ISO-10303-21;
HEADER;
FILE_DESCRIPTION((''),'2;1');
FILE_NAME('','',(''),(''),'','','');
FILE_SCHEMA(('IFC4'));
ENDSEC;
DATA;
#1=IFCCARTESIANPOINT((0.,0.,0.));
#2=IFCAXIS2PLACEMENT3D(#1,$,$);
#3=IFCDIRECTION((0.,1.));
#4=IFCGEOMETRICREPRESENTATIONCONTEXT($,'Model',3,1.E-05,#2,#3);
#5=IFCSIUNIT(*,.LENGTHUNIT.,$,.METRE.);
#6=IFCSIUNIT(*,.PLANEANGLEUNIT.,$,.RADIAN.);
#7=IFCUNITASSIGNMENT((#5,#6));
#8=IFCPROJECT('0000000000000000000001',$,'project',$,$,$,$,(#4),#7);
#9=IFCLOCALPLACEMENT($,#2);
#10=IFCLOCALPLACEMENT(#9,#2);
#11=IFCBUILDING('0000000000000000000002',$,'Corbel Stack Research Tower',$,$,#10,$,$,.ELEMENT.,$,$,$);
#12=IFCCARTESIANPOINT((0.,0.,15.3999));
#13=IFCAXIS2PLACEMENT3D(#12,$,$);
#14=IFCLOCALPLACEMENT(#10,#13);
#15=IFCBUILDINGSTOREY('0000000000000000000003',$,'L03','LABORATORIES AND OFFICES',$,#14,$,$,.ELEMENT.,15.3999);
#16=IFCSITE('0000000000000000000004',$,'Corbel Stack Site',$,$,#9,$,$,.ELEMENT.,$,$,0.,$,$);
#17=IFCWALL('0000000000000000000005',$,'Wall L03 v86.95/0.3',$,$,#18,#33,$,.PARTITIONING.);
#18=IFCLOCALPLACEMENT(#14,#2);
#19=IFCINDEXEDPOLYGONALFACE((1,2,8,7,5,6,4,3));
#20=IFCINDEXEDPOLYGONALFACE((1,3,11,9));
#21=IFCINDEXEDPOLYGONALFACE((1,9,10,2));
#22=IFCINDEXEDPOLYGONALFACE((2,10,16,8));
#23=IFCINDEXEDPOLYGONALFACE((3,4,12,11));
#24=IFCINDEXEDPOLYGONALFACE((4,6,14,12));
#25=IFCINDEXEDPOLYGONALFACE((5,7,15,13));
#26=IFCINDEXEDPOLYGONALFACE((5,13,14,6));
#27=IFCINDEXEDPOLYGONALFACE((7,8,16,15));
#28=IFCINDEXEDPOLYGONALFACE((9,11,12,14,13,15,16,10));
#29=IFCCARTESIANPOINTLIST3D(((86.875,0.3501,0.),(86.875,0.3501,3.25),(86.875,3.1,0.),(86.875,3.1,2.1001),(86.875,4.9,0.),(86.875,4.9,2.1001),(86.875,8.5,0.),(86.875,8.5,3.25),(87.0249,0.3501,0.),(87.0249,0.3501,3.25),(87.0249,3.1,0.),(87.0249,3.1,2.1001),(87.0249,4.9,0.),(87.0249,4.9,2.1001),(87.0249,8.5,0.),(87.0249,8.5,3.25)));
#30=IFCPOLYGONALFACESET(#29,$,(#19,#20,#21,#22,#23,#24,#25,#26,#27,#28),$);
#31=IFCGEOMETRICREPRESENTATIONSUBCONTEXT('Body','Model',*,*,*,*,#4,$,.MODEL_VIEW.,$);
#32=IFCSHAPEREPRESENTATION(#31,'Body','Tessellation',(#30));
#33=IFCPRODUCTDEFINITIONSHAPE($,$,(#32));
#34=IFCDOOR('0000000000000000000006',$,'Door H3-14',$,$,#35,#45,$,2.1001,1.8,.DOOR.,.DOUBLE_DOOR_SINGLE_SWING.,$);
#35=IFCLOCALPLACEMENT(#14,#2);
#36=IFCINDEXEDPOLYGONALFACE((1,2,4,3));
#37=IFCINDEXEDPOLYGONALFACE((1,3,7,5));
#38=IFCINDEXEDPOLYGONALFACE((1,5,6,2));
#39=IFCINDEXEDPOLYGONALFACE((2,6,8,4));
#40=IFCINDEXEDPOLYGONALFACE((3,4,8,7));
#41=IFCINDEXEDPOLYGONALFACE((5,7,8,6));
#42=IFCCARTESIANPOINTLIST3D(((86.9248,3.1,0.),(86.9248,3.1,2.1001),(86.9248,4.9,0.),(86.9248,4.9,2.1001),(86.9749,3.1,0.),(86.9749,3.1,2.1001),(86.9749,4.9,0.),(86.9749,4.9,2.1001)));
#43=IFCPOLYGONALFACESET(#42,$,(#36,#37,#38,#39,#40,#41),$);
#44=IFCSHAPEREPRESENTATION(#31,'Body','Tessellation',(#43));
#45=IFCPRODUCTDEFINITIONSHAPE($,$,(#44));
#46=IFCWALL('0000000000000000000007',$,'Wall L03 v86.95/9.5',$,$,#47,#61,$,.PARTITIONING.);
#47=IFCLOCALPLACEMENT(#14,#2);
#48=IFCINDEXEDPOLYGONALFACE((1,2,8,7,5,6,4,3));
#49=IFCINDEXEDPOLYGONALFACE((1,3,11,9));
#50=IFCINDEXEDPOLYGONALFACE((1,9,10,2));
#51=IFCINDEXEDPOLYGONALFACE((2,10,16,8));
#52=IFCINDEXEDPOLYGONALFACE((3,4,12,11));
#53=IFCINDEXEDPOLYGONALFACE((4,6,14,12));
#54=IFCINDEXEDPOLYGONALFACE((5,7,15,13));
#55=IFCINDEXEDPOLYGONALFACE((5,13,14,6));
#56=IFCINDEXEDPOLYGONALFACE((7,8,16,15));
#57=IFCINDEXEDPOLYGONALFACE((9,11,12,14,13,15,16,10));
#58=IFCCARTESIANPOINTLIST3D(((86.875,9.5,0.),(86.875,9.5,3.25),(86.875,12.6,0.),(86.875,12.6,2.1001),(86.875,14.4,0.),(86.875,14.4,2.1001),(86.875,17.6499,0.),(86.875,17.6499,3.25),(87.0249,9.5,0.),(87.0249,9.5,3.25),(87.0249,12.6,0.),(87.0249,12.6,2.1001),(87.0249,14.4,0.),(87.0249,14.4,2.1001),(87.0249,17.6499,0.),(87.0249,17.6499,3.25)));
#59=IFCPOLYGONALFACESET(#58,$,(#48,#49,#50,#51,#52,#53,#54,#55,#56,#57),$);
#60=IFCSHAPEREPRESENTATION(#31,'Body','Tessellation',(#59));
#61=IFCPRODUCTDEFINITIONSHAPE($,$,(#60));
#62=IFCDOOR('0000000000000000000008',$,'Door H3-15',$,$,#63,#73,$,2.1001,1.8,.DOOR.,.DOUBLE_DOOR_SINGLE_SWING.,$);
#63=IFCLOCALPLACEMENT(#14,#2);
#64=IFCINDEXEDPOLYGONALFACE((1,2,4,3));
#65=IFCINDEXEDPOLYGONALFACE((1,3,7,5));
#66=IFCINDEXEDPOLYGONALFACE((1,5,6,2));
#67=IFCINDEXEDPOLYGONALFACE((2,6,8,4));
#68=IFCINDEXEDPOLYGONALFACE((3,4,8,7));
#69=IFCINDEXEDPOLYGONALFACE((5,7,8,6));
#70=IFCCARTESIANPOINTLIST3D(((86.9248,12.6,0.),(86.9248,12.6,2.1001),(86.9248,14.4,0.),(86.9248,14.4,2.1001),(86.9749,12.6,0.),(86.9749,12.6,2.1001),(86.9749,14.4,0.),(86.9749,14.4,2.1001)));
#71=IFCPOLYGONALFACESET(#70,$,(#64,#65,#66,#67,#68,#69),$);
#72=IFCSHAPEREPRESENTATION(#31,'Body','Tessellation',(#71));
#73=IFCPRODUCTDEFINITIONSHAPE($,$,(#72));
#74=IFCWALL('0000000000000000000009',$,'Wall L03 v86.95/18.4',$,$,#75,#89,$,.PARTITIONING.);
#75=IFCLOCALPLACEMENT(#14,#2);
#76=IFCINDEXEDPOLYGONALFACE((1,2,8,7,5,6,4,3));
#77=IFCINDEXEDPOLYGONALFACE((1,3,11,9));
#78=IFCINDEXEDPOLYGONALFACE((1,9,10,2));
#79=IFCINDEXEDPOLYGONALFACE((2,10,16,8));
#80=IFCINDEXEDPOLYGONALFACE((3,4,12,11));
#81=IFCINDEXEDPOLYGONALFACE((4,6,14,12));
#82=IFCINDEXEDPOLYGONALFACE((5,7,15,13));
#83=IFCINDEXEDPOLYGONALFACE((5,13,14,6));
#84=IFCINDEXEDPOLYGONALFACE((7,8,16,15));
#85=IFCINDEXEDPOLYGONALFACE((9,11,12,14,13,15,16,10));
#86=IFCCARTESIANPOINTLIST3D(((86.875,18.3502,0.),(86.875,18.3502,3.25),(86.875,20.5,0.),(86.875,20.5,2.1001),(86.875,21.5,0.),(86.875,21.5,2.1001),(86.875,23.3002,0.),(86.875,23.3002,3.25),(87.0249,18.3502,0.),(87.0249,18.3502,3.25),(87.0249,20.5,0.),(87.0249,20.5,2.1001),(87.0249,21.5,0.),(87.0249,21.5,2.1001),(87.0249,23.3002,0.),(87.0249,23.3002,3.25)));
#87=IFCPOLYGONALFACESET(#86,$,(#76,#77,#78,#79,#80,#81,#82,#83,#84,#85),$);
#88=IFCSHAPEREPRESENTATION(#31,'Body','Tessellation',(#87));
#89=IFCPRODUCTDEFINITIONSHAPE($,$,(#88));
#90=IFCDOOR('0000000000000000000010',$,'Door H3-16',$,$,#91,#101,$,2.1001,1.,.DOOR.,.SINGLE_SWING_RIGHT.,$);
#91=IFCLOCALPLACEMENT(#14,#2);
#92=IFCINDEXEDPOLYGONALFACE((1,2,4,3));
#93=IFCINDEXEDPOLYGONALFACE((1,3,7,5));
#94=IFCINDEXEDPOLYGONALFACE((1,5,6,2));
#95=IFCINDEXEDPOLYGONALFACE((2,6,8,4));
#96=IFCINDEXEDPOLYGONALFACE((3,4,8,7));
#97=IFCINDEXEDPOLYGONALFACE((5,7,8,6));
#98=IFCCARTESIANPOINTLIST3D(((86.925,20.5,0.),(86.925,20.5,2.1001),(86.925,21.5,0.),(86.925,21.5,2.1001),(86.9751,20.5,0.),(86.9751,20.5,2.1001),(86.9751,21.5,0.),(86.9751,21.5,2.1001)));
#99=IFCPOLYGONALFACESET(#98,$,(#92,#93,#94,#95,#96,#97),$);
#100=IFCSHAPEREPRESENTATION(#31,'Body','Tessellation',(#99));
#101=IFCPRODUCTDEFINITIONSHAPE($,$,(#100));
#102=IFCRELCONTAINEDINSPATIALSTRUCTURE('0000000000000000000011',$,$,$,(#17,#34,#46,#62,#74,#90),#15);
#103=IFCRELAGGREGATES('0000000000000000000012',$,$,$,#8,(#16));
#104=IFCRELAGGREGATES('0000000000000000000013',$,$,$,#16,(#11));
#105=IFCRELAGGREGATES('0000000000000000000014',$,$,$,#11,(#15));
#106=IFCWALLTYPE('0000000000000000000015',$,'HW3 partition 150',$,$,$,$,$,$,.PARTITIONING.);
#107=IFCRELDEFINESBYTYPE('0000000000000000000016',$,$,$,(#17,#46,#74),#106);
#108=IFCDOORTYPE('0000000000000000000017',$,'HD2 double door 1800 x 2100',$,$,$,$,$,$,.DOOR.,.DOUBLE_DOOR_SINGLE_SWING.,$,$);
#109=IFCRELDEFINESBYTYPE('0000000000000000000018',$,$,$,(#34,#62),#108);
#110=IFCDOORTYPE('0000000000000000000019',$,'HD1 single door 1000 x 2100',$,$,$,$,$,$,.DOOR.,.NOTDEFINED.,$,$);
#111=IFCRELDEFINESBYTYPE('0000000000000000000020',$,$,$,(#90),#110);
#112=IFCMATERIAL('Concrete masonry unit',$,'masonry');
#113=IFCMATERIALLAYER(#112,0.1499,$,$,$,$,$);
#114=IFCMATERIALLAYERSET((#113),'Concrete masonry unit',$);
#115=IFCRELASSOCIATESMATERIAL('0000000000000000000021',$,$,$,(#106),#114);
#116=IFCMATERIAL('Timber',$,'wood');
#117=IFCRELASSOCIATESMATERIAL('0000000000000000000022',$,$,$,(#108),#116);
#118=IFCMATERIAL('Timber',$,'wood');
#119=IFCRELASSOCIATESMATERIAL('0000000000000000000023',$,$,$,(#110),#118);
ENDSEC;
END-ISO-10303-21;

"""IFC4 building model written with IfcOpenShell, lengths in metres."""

from ifc_helpers import new_model, si_unit, direction, frame, frame_2d, origin, place, context, subcontext, project, spatial, rectangle, extrude, material, layer, layer_set, type_object, element, fill, save


model = new_model("IFC4")

# Units and contexts
model_context = context("Model", 3, precision=1e-05, world=origin(), true_north=direction((0.0, 1.0)))
body_context = subcontext(model_context, "Body", "Model", "MODEL_VIEW")
ifc_project = project(units=[si_unit("LENGTHUNIT", "METRE"), si_unit("PLANEANGLEUNIT", "RADIAN")], contexts=[model_context])

# Site, building, storey
site_placement = place(None, origin())
site = spatial("IfcSite", under=ifc_project, at=site_placement, Name="Corbel Stack Site", CompositionType="ELEMENT", RefElevation=0.0)
building_placement = place(site_placement, origin())
building = spatial("IfcBuilding", under=site, at=building_placement, Name="Corbel Stack Research Tower", CompositionType="ELEMENT")
storey_placement = place(building_placement, frame((0.0, 0.0, 15.3999)))
storey = spatial("IfcBuildingStorey", under=building, at=storey_placement, Name="L03", Description="LABORATORIES AND OFFICES", CompositionType="ELEMENT", Elevation=15.3999)

# Shared definitions
ifc_material_1 = material(Name="Concrete masonry unit", Category="masonry")
ifc_layer_1 = layer(ifc_material_1, 0.1499)
ifc_layer_set_1 = layer_set([ifc_layer_1], Name="Concrete masonry unit")
wall_type_1 = type_object("IfcWallType", Name="HW3 partition 150", PredefinedType="PARTITIONING", material=ifc_layer_set_1)

# Walls, openings, doors
wall_1_placement = place(storey_placement, frame((86.95, 8.5, 0.0), z_axis=(0.0, 0.0, 1.0), x_axis=(0.0, -1.0, 0.0)))
wall_1 = element("IfcWall", 1, at=wall_1_placement, inside=storey, type_object=wall_type_1, Name="Wall L03 v86.95/0.3", PredefinedType="PARTITIONING", context=body_context, shape_type="SweptSolid", body=[
    extrude(rectangle(XDim=8.1499, YDim=0.1499, at=frame_2d((4.075, 0.0))), origin(), (0.0, 0.0, 1.0), 3.25),
])
opening_1_placement = place(wall_1_placement, frame((3.6001, 0.0, 0.0)))
opening_1 = element("IfcOpeningElement", 2, at=opening_1_placement, cuts=wall_1, PredefinedType="OPENING", context=body_context, shape_type="SweptSolid", body=[
    extrude(rectangle(XDim=1.8, YDim=2.1001, at=frame_2d((0.8999, 1.05))), frame((0.0, 0.085, 0.0), z_axis=(0.0, -1.0, 0.0), x_axis=(1.0, 0.0, 0.0)), (0.0, 0.0, 1.0), 0.1699),
])
ifc_material_2 = material(Name="Timber", Category="wood")
door_type_1 = type_object("IfcDoorType", Name="HD2 double door 1800 x 2100", OperationType="DOUBLE_DOOR_SINGLE_SWING", PredefinedType="DOOR", material=ifc_material_2)
door_1_placement = place(opening_1_placement, origin())
door_1 = element("IfcDoor", 3, at=door_1_placement, inside=storey, type_object=door_type_1, Name="Door H3-14", OperationType="DOUBLE_DOOR_SINGLE_SWING", OverallHeight=2.1001, OverallWidth=1.8, PredefinedType="DOOR", context=body_context, shape_type="SweptSolid", body=[
    extrude(rectangle(XDim=1.8, YDim=2.1001, at=frame_2d((0.8999, 1.05))), frame((0.0, 0.0249, 0.0), z_axis=(0.0, -1.0, 0.0), x_axis=(1.0, 0.0, 0.0)), (0.0, 0.0, 1.0), 0.05),
])
fill(opening_1, door_1)
wall_2_placement = place(storey_placement, frame((86.95, 17.6499, 0.0), z_axis=(0.0, 0.0, 1.0), x_axis=(0.0, -1.0, 0.0)))
wall_2 = element("IfcWall", 4, at=wall_2_placement, inside=storey, type_object=wall_type_1, Name="Wall L03 v86.95/9.5", PredefinedType="PARTITIONING", context=body_context, shape_type="SweptSolid", body=[
    extrude(rectangle(XDim=8.1499, YDim=0.1499, at=frame_2d((4.075, 0.0))), origin(), (0.0, 0.0, 1.0), 3.25),
])
opening_2_placement = place(wall_2_placement, frame((3.25, 0.0, 0.0)))
opening_2 = element("IfcOpeningElement", 5, at=opening_2_placement, cuts=wall_2, PredefinedType="OPENING", context=body_context, shape_type="SweptSolid", body=[
    extrude(rectangle(XDim=1.8, YDim=2.1001, at=frame_2d((0.8999, 1.05))), frame((0.0, 0.085, 0.0), z_axis=(0.0, -1.0, 0.0), x_axis=(1.0, 0.0, 0.0)), (0.0, 0.0, 1.0), 0.1699),
])
door_2_placement = place(opening_2_placement, origin())
door_2 = element("IfcDoor", 6, at=door_2_placement, inside=storey, type_object=door_type_1, Name="Door H3-15", OperationType="DOUBLE_DOOR_SINGLE_SWING", OverallHeight=2.1001, OverallWidth=1.8, PredefinedType="DOOR", context=body_context, shape_type="SweptSolid", body=[
    extrude(rectangle(XDim=1.8, YDim=2.1001, at=frame_2d((0.8999, 1.05))), frame((0.0, 0.0249, 0.0), z_axis=(0.0, -1.0, 0.0), x_axis=(1.0, 0.0, 0.0)), (0.0, 0.0, 1.0), 0.05),
])
fill(opening_2, door_2)
wall_3_placement = place(storey_placement, frame((86.95, 18.3501, 0.0), z_axis=(0.0, 0.0, 1.0), x_axis=(0.0, 1.0, 0.0)))
wall_3 = element("IfcWall", 7, at=wall_3_placement, inside=storey, type_object=wall_type_1, Name="Wall L03 v86.95/18.4", PredefinedType="PARTITIONING", context=body_context, shape_type="SweptSolid", body=[
    extrude(rectangle(XDim=4.95, YDim=0.1499, at=frame_2d((2.4751, 0.0))), origin(), (0.0, 0.0, 1.0), 3.25),
])
opening_3_placement = place(wall_3_placement, frame((2.1499, 0.0, 0.0)))
opening_3 = element("IfcOpeningElement", 8, at=opening_3_placement, cuts=wall_3, PredefinedType="OPENING", context=body_context, shape_type="SweptSolid", body=[
    extrude(rectangle(XDim=1.0, YDim=2.1001, at=frame_2d((0.5, 1.05))), frame((0.0, 0.085, 0.0), z_axis=(0.0, -1.0, 0.0), x_axis=(1.0, 0.0, 0.0)), (0.0, 0.0, 1.0), 0.1699),
])
ifc_material_3 = material(Name="Timber", Category="wood")
door_type_2 = type_object("IfcDoorType", Name="HD1 single door 1000 x 2100", OperationType="NOTDEFINED", PredefinedType="DOOR", material=ifc_material_3)
door_3_placement = place(opening_3_placement, origin())
door_3 = element("IfcDoor", 9, at=door_3_placement, inside=storey, type_object=door_type_2, Name="Door H3-16", OperationType="SINGLE_SWING_RIGHT", OverallHeight=2.1001, OverallWidth=1.0, PredefinedType="DOOR", context=body_context, shape_type="SweptSolid", body=[
    extrude(rectangle(XDim=1.0, YDim=2.1001, at=frame_2d((0.5, 1.05))), frame((0.0, 0.0249, 0.0), z_axis=(0.0, -1.0, 0.0), x_axis=(1.0, 0.0, 0.0)), (0.0, 0.0, 1.0), 0.05),
])
fill(opening_3, door_3)

save(model, "model.ifc")
